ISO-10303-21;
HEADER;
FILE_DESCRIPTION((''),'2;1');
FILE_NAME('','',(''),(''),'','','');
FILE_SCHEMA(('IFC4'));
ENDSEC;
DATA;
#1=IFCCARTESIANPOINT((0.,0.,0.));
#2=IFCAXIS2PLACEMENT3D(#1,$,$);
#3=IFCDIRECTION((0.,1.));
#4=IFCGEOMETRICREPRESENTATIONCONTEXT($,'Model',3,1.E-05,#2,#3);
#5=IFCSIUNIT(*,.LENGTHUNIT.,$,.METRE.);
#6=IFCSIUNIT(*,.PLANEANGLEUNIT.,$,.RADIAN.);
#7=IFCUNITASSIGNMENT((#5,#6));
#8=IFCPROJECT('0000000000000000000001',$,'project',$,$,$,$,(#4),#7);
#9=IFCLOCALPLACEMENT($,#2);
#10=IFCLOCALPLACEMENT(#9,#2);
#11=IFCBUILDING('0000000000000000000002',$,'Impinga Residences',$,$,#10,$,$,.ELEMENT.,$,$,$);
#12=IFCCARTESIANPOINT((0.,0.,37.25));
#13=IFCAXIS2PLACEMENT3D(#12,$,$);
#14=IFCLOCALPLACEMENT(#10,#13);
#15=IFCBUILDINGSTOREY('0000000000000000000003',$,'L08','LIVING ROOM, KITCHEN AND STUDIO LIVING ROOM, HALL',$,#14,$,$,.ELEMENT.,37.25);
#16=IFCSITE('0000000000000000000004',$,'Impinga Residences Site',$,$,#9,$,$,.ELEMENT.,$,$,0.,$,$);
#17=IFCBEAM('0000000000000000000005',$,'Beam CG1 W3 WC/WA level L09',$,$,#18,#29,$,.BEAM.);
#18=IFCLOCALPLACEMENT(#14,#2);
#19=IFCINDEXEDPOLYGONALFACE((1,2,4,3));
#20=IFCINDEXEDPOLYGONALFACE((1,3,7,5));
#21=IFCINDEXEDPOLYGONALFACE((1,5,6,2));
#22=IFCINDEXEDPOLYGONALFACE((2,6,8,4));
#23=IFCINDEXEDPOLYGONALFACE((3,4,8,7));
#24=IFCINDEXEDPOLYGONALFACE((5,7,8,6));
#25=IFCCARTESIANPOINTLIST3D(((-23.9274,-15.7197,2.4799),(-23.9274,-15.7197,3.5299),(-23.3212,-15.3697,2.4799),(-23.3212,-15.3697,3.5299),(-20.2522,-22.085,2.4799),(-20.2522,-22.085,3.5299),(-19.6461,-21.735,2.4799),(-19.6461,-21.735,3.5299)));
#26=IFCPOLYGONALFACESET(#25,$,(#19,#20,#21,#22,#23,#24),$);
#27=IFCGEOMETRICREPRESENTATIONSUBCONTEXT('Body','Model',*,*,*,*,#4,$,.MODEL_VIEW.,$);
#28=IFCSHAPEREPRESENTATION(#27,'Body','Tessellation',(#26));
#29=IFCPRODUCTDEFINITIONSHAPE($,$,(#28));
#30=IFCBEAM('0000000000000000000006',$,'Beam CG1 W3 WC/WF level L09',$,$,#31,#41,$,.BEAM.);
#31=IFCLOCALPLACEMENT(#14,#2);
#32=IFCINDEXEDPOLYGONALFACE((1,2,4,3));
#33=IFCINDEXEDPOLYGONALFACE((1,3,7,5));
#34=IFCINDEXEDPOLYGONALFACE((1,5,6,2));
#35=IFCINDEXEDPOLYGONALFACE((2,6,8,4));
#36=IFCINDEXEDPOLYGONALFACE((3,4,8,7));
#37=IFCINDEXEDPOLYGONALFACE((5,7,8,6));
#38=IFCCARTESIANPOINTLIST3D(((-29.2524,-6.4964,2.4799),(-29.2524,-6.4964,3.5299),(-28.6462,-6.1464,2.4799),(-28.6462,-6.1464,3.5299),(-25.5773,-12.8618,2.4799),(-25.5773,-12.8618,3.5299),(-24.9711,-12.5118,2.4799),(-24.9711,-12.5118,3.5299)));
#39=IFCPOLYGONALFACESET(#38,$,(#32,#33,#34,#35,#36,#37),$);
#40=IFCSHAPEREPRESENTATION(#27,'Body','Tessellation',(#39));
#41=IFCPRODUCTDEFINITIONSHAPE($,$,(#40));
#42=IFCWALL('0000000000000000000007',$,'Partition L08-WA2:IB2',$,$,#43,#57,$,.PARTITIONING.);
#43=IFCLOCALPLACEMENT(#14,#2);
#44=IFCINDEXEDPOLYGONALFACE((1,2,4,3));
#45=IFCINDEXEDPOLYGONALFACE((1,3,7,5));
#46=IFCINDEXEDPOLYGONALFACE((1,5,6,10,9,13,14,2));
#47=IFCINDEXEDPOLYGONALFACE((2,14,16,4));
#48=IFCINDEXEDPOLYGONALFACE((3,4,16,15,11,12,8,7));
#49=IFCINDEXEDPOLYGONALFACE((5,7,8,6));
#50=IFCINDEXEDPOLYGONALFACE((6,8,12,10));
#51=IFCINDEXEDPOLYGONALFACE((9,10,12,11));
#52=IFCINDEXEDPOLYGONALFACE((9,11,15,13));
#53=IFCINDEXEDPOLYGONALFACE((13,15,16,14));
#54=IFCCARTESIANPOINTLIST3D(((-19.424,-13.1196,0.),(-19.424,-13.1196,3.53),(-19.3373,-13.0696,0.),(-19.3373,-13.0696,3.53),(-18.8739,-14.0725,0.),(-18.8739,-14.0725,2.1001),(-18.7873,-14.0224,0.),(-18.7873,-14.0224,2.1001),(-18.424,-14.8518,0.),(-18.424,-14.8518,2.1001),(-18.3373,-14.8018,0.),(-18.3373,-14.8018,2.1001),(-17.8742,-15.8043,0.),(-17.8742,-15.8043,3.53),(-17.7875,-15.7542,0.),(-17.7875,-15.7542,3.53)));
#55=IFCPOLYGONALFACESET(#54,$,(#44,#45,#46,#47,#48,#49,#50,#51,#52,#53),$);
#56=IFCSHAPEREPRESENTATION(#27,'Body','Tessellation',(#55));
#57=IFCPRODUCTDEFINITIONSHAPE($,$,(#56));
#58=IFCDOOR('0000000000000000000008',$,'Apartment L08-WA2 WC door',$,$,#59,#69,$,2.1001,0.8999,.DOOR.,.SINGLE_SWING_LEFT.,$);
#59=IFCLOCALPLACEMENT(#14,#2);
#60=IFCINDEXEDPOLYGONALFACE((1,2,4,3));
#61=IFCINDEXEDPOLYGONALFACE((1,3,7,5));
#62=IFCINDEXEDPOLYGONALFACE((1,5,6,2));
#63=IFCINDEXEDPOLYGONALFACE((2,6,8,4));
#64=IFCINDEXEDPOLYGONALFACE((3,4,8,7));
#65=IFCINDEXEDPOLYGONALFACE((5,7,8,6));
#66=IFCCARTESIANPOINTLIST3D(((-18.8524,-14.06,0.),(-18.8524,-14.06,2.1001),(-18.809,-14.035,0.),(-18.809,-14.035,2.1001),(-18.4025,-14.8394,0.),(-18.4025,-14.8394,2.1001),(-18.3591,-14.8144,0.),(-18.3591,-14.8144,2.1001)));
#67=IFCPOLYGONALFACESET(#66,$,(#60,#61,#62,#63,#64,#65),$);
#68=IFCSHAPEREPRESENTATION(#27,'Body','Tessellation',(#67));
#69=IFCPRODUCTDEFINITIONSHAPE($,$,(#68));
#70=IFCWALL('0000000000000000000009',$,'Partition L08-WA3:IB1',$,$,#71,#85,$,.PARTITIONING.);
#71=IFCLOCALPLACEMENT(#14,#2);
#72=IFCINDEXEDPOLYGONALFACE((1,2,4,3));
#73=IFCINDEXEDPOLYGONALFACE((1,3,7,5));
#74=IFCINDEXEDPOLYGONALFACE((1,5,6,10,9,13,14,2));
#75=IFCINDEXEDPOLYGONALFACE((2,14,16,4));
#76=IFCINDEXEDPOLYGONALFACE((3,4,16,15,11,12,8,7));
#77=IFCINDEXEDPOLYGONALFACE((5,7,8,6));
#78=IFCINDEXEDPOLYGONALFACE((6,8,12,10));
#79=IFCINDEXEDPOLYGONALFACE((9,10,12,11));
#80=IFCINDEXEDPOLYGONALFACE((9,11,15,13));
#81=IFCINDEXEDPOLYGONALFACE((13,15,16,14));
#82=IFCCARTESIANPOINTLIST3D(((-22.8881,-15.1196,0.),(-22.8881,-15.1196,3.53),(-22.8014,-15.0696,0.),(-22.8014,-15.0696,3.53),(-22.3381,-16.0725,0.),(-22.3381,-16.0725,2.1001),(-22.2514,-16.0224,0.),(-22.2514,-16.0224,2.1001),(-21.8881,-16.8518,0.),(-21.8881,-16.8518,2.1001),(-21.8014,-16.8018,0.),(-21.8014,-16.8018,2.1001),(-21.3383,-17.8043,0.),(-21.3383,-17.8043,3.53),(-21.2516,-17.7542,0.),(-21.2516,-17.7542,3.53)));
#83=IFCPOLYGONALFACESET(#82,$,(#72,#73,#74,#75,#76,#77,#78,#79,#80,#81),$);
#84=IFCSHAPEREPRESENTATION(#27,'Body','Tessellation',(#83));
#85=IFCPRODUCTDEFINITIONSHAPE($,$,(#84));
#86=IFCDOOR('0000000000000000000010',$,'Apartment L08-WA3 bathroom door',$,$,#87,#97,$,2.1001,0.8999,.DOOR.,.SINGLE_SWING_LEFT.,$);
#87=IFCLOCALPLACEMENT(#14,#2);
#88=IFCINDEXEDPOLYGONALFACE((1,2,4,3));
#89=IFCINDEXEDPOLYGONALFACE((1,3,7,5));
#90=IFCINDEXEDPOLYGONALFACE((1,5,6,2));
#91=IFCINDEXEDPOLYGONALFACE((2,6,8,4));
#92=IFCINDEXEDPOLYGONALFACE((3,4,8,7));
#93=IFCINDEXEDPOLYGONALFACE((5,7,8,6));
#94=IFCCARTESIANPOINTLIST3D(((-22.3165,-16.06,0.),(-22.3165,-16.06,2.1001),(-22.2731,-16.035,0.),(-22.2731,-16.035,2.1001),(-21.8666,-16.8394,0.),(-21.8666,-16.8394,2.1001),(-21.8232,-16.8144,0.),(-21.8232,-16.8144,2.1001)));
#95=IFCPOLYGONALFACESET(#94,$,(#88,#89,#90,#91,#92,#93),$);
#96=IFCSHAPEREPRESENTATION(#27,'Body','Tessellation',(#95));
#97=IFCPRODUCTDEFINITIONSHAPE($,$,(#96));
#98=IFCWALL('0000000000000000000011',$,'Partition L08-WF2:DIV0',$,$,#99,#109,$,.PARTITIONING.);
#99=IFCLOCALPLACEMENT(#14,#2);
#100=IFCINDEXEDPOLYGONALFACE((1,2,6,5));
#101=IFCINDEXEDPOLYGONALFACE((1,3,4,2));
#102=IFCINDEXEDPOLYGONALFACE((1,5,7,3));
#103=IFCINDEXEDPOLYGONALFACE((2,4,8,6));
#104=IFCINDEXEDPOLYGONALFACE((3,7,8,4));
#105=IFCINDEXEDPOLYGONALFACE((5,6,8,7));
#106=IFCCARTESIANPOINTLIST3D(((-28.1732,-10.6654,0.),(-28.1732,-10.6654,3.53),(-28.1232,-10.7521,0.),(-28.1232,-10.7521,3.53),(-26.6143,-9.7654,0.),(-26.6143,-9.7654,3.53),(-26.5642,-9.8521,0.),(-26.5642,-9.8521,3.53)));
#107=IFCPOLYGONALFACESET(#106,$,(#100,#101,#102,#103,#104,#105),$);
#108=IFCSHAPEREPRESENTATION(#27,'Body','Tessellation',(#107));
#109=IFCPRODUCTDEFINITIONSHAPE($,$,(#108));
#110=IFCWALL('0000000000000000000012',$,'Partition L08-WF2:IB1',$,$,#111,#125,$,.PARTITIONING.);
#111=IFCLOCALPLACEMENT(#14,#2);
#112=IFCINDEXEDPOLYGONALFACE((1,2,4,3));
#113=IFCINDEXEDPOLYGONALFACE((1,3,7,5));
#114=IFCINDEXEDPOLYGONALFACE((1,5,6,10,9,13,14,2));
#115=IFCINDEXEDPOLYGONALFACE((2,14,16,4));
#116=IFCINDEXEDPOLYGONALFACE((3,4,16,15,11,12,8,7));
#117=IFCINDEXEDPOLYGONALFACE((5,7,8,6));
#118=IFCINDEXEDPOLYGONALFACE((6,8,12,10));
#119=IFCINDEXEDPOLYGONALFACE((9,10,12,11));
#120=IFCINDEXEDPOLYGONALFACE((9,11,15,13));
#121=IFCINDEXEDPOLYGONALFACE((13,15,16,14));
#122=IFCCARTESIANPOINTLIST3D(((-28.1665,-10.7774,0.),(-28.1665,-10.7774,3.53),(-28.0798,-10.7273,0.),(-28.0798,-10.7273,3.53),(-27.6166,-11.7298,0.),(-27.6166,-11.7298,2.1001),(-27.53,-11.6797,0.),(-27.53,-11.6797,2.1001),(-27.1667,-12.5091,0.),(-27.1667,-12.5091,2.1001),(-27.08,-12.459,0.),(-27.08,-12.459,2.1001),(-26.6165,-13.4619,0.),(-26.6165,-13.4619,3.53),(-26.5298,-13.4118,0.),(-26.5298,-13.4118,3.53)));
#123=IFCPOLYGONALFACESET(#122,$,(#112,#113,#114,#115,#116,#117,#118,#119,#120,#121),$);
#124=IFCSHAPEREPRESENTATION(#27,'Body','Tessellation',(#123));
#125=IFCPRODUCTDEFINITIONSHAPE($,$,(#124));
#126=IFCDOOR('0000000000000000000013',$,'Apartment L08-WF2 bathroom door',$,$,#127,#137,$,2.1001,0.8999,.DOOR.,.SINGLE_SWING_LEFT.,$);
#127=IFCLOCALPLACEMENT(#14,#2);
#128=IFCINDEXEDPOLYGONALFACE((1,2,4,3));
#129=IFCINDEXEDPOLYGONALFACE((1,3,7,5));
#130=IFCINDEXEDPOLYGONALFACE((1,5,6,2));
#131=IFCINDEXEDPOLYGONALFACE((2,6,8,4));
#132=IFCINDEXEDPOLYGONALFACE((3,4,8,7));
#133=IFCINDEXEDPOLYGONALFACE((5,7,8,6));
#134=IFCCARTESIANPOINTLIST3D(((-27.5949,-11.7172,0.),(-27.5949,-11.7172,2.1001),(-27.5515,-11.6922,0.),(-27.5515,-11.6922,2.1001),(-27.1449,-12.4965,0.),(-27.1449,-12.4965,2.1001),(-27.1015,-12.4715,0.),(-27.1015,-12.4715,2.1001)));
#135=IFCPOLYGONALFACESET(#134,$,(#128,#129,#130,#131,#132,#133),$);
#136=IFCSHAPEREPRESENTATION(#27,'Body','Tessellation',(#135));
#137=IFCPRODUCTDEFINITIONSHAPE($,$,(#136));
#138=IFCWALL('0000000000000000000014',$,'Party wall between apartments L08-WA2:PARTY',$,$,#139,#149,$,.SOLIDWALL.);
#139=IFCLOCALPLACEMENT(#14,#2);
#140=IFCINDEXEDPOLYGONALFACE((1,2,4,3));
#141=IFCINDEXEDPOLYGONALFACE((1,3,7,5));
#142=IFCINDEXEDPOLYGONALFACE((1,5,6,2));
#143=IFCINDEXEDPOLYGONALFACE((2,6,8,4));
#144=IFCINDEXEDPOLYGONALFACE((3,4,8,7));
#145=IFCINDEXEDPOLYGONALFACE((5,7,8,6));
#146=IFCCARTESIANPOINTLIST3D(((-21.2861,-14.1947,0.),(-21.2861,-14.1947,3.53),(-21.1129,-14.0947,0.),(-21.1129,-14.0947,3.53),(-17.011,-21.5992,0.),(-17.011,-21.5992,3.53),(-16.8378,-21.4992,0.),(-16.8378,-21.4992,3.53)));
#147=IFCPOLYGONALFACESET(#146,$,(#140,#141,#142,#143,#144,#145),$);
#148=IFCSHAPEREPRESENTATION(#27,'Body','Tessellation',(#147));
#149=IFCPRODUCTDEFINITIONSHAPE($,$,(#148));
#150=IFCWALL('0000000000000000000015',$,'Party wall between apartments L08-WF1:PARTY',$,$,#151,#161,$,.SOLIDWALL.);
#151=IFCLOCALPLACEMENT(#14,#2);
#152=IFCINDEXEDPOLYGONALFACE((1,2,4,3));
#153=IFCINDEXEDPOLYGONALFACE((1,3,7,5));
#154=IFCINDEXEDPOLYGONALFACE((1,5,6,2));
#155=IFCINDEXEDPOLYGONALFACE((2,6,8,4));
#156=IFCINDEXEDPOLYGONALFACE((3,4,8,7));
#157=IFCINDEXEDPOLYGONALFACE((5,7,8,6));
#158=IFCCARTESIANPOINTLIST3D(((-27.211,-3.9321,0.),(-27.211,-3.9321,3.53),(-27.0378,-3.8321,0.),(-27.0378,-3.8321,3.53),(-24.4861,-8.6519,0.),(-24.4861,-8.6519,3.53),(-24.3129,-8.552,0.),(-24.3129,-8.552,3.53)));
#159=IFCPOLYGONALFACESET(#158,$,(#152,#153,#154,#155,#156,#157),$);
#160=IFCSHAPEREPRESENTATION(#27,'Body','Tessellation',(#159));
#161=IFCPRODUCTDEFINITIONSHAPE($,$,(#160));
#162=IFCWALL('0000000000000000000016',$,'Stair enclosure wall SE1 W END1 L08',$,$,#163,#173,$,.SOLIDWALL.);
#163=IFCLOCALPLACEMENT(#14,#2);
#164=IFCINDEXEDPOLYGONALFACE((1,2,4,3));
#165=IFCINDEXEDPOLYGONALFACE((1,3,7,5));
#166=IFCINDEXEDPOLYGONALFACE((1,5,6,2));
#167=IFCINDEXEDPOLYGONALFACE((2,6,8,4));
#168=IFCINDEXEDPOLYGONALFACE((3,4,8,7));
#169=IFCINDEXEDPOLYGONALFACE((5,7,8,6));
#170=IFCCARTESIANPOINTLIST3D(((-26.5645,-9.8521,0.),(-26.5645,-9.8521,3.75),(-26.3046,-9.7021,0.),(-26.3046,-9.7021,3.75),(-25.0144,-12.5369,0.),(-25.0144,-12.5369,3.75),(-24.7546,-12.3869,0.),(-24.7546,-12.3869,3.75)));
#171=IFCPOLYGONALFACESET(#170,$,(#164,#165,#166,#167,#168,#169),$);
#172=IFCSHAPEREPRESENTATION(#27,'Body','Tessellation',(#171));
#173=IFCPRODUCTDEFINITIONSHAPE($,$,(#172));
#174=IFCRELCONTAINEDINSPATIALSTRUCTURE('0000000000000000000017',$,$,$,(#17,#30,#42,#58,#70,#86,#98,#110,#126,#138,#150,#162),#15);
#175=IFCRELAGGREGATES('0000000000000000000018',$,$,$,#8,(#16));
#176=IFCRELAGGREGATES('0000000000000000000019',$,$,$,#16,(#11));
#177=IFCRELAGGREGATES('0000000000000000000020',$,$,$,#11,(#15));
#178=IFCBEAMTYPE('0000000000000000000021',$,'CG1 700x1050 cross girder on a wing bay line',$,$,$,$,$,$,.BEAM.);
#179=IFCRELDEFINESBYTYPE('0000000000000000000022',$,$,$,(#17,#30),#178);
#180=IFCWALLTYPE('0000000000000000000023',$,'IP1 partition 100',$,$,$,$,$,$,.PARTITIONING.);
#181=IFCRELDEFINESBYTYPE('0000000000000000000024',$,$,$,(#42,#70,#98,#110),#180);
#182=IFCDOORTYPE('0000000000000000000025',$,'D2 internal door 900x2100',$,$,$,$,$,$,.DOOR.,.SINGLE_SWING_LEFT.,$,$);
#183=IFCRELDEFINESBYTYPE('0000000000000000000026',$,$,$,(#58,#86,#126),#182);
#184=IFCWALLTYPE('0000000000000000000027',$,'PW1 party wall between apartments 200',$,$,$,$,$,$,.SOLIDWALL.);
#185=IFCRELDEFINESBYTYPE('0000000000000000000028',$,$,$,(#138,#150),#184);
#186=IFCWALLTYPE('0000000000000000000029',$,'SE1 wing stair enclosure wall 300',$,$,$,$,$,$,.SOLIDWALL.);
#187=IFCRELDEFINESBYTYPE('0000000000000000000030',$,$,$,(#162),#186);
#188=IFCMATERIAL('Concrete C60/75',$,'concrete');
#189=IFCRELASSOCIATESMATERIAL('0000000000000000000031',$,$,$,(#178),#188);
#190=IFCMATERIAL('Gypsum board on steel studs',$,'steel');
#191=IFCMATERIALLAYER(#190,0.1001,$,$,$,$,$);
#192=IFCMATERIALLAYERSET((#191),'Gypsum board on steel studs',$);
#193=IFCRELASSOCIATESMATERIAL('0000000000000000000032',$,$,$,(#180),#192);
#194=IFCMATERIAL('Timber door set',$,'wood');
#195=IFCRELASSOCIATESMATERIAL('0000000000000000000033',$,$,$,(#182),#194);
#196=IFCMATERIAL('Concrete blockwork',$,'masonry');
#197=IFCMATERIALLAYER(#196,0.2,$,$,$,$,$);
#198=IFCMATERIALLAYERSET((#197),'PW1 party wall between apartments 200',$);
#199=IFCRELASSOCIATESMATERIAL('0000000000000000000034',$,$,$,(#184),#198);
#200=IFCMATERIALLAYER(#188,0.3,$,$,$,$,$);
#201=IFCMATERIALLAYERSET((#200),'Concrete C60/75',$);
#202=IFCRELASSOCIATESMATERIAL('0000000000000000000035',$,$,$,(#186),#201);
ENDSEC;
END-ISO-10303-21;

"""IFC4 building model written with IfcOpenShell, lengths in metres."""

from ifc_helpers import new_model, si_unit, direction, frame, frame_2d, origin, origin_2d, place, context, subcontext, project, spatial, rectangle, extrude, material, layer, layer_set, material_profile, profile_set, type_object, element, fill, save


model = new_model("IFC4")

# Units and contexts
model_context = context("Model", 3, precision=1e-05, world=origin(), true_north=direction((0.0, 1.0)))
body_context = subcontext(model_context, "Body", "Model", "MODEL_VIEW")
ifc_project = project(units=[si_unit("LENGTHUNIT", "METRE"), si_unit("PLANEANGLEUNIT", "RADIAN")], contexts=[model_context])

# Site, building, storey
site_placement = place(None, origin())
site = spatial("IfcSite", under=ifc_project, at=site_placement, Name="Impinga Residences Site", CompositionType="ELEMENT", RefElevation=0.0)
building_placement = place(site_placement, origin())
building = spatial("IfcBuilding", under=site, at=building_placement, Name="Impinga Residences", CompositionType="ELEMENT")
storey_placement = place(building_placement, frame((0.0, 0.0, 37.25)))
storey = spatial("IfcBuildingStorey", under=building, at=storey_placement, Name="L08", Description="LIVING ROOM, KITCHEN AND STUDIO LIVING ROOM, HALL", CompositionType="ELEMENT", Elevation=37.25)

# Beams
ifc_material_1 = material(Name="Concrete C60/75", Category="concrete")
ifc_material_profile = material_profile(ifc_material_1, rectangle(XDim=0.7, YDim=1.05, at=origin_2d()), Name="RC 700x1050")
ifc_profile_set = profile_set([ifc_material_profile], Name="Concrete C60/75")
beam_type = type_object("IfcBeamType", Name="CG1 700x1050 cross girder on a wing bay line", PredefinedType="BEAM", material=ifc_profile_set)
for number, where, z_axis, x_axis, name in (
    (1, (-23.6243, -15.5447, 3.0049), (0.500008, -0.866021, 0.0), (0.866021, 0.500008, 0.0), "Beam CG1 W3 WC/WA level L09"),
    (2, (-25.2742, -12.6868, 3.0049), (-0.500008, 0.866021, 0.0), (-0.866021, -0.500008, 0.0), "Beam CG1 W3 WC/WF level L09"),
):
    element("IfcBeam", number, at=place(storey_placement, frame(where, z_axis=z_axis, x_axis=x_axis)), inside=storey, type_object=beam_type, Name=name, PredefinedType="BEAM", context=body_context, shape_type="SweptSolid", body=[
        extrude(rectangle(XDim=0.7, YDim=1.05, at=origin_2d()), origin(), (0.0, 0.0, 1.0), 7.3501),
    ])

# Walls, openings, doors
ifc_material_2 = material(Name="Gypsum board on steel studs", Category="steel")
ifc_layer_1 = layer(ifc_material_2, 0.1001)
ifc_layer_set_1 = layer_set([ifc_layer_1], Name="Gypsum board on steel studs")
wall_type_1 = type_object("IfcWallType", Name="IP1 partition 100", PredefinedType="PARTITIONING", material=ifc_layer_set_1)
wall_1_placement = place(storey_placement, frame((-19.3806, -13.0947, 0.0), z_axis=(0.0, 0.0, 1.0), x_axis=(0.499968, -0.866044, 0.0)))
wall_1 = element("IfcWall", 3, at=wall_1_placement, inside=storey, type_object=wall_type_1, Name="Partition L08-WA2:IB2", PredefinedType="PARTITIONING", context=body_context, shape_type="SweptSolid", body=[
    extrude(rectangle(XDim=3.0999, YDim=0.1001, at=frame_2d((1.5498, 0.0))), origin(), (0.0, 0.0, 1.0), 3.53),
])
opening_1_placement = place(wall_1_placement, frame((1.1001, 0.0, 0.0)))
opening_1 = element("IfcOpeningElement", 4, at=opening_1_placement, cuts=wall_1, PredefinedType="OPENING", context=body_context, shape_type="SweptSolid", body=[
    extrude(rectangle(XDim=0.8999, YDim=2.1001, at=frame_2d((0.45, 1.05))), frame((0.0, 0.0601, 0.0), z_axis=(0.0, -1.0, 0.0), x_axis=(1.0, 0.0, 0.0)), (0.0, 0.0, 1.0), 0.1201),
])
ifc_material_3 = material(Name="Timber door set", Category="wood")
door_type = type_object("IfcDoorType", Name="D2 internal door 900x2100", OperationType="SINGLE_SWING_LEFT", PredefinedType="DOOR", material=ifc_material_3)
door_1_placement = place(opening_1_placement, origin())
door_1 = element("IfcDoor", 5, at=door_1_placement, inside=storey, type_object=door_type, Name="Apartment L08-WA2 WC door", OperationType="SINGLE_SWING_LEFT", OverallHeight=2.1001, OverallWidth=0.8999, PredefinedType="DOOR", context=body_context, shape_type="SweptSolid", body=[
    extrude(rectangle(XDim=0.8999, YDim=2.1001, at=frame_2d((0.45, 1.05))), frame((0.0, 0.0249, 0.0), z_axis=(0.0, -1.0, 0.0), x_axis=(1.0, 0.0, 0.0)), (0.0, 0.0, 1.0), 0.05),
])
fill(opening_1, door_1)
wall_2_placement = place(storey_placement, frame((-22.8447, -15.0947, 0.0), z_axis=(0.0, 0.0, 1.0), x_axis=(0.499968, -0.866044, 0.0)))
wall_2 = element("IfcWall", 6, at=wall_2_placement, inside=storey, type_object=wall_type_1, Name="Partition L08-WA3:IB1", PredefinedType="PARTITIONING", context=body_context, shape_type="SweptSolid", body=[
    extrude(rectangle(XDim=3.0999, YDim=0.1001, at=frame_2d((1.5498, 0.0))), origin(), (0.0, 0.0, 1.0), 3.53),
])
opening_2_placement = place(wall_2_placement, frame((1.1001, 0.0, 0.0)))
opening_2 = element("IfcOpeningElement", 7, at=opening_2_placement, cuts=wall_2, PredefinedType="OPENING", context=body_context, shape_type="SweptSolid", body=[
    extrude(rectangle(XDim=0.8999, YDim=2.1001, at=frame_2d((0.45, 1.05))), frame((0.0, 0.0601, 0.0), z_axis=(0.0, -1.0, 0.0), x_axis=(1.0, 0.0, 0.0)), (0.0, 0.0, 1.0), 0.1201),
])
door_2_placement = place(opening_2_placement, origin())
door_2 = element("IfcDoor", 8, at=door_2_placement, inside=storey, type_object=door_type, Name="Apartment L08-WA3 bathroom door", OperationType="SINGLE_SWING_LEFT", OverallHeight=2.1001, OverallWidth=0.8999, PredefinedType="DOOR", context=body_context, shape_type="SweptSolid", body=[
    extrude(rectangle(XDim=0.8999, YDim=2.1001, at=frame_2d((0.45, 1.05))), frame((0.0, 0.0249, 0.0), z_axis=(0.0, -1.0, 0.0), x_axis=(1.0, 0.0, 0.0)), (0.0, 0.0, 1.0), 0.05),
])
fill(opening_2, door_2)

# Wall
wall_3_placement = place(storey_placement, frame((-26.5894, -9.8088, 0.0), z_axis=(0.0, 0.0, 1.0), x_axis=(-0.866048, -0.499961, 0.0)))
element("IfcWall", 9, at=wall_3_placement, inside=storey, type_object=wall_type_1, Name="Partition L08-WF2:DIV0", PredefinedType="PARTITIONING", context=body_context, shape_type="SweptSolid", body=[
    extrude(rectangle(XDim=1.8, YDim=0.1001, at=frame_2d((0.8999, 0.0))), origin(), (0.0, 0.0, 1.0), 3.53),
])

# Wall, opening, door
wall_4_placement = place(storey_placement, frame((-26.5732, -13.4368, 0.0), z_axis=(0.0, 0.0, 1.0), x_axis=(-0.500027, 0.86601, 0.0)))
wall_4 = element("IfcWall", 10, at=wall_4_placement, inside=storey, type_object=wall_type_1, Name="Partition L08-WF2:IB1", PredefinedType="PARTITIONING", context=body_context, shape_type="SweptSolid", body=[
    extrude(rectangle(XDim=3.0999, YDim=0.1001, at=frame_2d((1.5498, 0.0))), origin(), (0.0, 0.0, 1.0), 3.53),
])
opening_3_placement = place(wall_4_placement, frame((1.1001, 0.0, 0.0)))
opening_3 = element("IfcOpeningElement", 11, at=opening_3_placement, cuts=wall_4, PredefinedType="OPENING", context=body_context, shape_type="SweptSolid", body=[
    extrude(rectangle(XDim=0.8999, YDim=2.1001, at=frame_2d((0.45, 1.05))), frame((0.0, 0.0601, 0.0), z_axis=(0.0, -1.0, 0.0), x_axis=(1.0, 0.0, 0.0)), (0.0, 0.0, 1.0), 0.1201),
])
door_3_placement = place(opening_3_placement, origin())
door_3 = element("IfcDoor", 12, at=door_3_placement, inside=storey, type_object=door_type, Name="Apartment L08-WF2 bathroom door", OperationType="SINGLE_SWING_LEFT", OverallHeight=2.1001, OverallWidth=0.8999, PredefinedType="DOOR", context=body_context, shape_type="SweptSolid", body=[
    extrude(rectangle(XDim=0.8999, YDim=2.1001, at=frame_2d((0.45, 1.05))), frame((0.0, 0.0249, 0.0), z_axis=(0.0, -1.0, 0.0), x_axis=(1.0, 0.0, 0.0)), (0.0, 0.0, 1.0), 0.05),
])
fill(opening_3, door_3)

# Walls
ifc_material_4 = material(Name="Concrete blockwork", Category="masonry")
ifc_layer_2 = layer(ifc_material_4, 0.2)
ifc_layer_set_2 = layer_set([ifc_layer_2], Name="PW1 party wall between apartments 200")
wall_type_2 = type_object("IfcWallType", Name="PW1 party wall between apartments 200", PredefinedType="SOLIDWALL", material=ifc_layer_set_2)
wall_5_placement = place(storey_placement, frame((-21.1995, -14.1448, 0.0), z_axis=(0.0, 0.0, 1.0), x_axis=(0.500012, -0.866019, 0.0)))
element("IfcWall", 13, at=wall_5_placement, inside=storey, type_object=wall_type_2, Name="Party wall between apartments L08-WA2:PARTY", PredefinedType="SOLIDWALL", context=body_context, shape_type="SweptSolid", body=[
    extrude(rectangle(XDim=8.55, YDim=0.2, at=frame_2d((4.2749, 0.0))), origin(), (0.0, 0.0, 1.0), 3.53),
])
wall_6_placement = place(storey_placement, frame((-24.3994, -8.6021, 0.0), z_axis=(0.0, 0.0, 1.0), x_axis=(-0.499989, 0.866032, 0.0)))
element("IfcWall", 14, at=wall_6_placement, inside=storey, type_object=wall_type_2, Name="Party wall between apartments L08-WF1:PARTY", PredefinedType="SOLIDWALL", context=body_context, shape_type="SweptSolid", body=[
    extrude(rectangle(XDim=5.45, YDim=0.2, at=frame_2d((2.7251, 0.0))), origin(), (0.0, 0.0, 1.0), 3.53),
])
ifc_layer_3 = layer(ifc_material_1, 0.3)
ifc_layer_set_3 = layer_set([ifc_layer_3], Name="Concrete C60/75")
wall_type_3 = type_object("IfcWallType", Name="SE1 wing stair enclosure wall 300", PredefinedType="SOLIDWALL", material=ifc_layer_set_3)
wall_7_placement = place(storey_placement, frame((-24.8845, -12.4619, 0.0), z_axis=(0.0, 0.0, 1.0), x_axis=(-0.499993, 0.86603, 0.0)))
element("IfcWall", 15, at=wall_7_placement, inside=storey, type_object=wall_type_3, Name="Stair enclosure wall SE1 W END1 L08", PredefinedType="SOLIDWALL", context=body_context, shape_type="SweptSolid", body=[
    extrude(rectangle(XDim=3.1001, YDim=0.3, at=frame_2d((1.55, 0.0))), origin(), (0.0, 0.0, 1.0), 3.75),
])

save(model, "model.ifc")
